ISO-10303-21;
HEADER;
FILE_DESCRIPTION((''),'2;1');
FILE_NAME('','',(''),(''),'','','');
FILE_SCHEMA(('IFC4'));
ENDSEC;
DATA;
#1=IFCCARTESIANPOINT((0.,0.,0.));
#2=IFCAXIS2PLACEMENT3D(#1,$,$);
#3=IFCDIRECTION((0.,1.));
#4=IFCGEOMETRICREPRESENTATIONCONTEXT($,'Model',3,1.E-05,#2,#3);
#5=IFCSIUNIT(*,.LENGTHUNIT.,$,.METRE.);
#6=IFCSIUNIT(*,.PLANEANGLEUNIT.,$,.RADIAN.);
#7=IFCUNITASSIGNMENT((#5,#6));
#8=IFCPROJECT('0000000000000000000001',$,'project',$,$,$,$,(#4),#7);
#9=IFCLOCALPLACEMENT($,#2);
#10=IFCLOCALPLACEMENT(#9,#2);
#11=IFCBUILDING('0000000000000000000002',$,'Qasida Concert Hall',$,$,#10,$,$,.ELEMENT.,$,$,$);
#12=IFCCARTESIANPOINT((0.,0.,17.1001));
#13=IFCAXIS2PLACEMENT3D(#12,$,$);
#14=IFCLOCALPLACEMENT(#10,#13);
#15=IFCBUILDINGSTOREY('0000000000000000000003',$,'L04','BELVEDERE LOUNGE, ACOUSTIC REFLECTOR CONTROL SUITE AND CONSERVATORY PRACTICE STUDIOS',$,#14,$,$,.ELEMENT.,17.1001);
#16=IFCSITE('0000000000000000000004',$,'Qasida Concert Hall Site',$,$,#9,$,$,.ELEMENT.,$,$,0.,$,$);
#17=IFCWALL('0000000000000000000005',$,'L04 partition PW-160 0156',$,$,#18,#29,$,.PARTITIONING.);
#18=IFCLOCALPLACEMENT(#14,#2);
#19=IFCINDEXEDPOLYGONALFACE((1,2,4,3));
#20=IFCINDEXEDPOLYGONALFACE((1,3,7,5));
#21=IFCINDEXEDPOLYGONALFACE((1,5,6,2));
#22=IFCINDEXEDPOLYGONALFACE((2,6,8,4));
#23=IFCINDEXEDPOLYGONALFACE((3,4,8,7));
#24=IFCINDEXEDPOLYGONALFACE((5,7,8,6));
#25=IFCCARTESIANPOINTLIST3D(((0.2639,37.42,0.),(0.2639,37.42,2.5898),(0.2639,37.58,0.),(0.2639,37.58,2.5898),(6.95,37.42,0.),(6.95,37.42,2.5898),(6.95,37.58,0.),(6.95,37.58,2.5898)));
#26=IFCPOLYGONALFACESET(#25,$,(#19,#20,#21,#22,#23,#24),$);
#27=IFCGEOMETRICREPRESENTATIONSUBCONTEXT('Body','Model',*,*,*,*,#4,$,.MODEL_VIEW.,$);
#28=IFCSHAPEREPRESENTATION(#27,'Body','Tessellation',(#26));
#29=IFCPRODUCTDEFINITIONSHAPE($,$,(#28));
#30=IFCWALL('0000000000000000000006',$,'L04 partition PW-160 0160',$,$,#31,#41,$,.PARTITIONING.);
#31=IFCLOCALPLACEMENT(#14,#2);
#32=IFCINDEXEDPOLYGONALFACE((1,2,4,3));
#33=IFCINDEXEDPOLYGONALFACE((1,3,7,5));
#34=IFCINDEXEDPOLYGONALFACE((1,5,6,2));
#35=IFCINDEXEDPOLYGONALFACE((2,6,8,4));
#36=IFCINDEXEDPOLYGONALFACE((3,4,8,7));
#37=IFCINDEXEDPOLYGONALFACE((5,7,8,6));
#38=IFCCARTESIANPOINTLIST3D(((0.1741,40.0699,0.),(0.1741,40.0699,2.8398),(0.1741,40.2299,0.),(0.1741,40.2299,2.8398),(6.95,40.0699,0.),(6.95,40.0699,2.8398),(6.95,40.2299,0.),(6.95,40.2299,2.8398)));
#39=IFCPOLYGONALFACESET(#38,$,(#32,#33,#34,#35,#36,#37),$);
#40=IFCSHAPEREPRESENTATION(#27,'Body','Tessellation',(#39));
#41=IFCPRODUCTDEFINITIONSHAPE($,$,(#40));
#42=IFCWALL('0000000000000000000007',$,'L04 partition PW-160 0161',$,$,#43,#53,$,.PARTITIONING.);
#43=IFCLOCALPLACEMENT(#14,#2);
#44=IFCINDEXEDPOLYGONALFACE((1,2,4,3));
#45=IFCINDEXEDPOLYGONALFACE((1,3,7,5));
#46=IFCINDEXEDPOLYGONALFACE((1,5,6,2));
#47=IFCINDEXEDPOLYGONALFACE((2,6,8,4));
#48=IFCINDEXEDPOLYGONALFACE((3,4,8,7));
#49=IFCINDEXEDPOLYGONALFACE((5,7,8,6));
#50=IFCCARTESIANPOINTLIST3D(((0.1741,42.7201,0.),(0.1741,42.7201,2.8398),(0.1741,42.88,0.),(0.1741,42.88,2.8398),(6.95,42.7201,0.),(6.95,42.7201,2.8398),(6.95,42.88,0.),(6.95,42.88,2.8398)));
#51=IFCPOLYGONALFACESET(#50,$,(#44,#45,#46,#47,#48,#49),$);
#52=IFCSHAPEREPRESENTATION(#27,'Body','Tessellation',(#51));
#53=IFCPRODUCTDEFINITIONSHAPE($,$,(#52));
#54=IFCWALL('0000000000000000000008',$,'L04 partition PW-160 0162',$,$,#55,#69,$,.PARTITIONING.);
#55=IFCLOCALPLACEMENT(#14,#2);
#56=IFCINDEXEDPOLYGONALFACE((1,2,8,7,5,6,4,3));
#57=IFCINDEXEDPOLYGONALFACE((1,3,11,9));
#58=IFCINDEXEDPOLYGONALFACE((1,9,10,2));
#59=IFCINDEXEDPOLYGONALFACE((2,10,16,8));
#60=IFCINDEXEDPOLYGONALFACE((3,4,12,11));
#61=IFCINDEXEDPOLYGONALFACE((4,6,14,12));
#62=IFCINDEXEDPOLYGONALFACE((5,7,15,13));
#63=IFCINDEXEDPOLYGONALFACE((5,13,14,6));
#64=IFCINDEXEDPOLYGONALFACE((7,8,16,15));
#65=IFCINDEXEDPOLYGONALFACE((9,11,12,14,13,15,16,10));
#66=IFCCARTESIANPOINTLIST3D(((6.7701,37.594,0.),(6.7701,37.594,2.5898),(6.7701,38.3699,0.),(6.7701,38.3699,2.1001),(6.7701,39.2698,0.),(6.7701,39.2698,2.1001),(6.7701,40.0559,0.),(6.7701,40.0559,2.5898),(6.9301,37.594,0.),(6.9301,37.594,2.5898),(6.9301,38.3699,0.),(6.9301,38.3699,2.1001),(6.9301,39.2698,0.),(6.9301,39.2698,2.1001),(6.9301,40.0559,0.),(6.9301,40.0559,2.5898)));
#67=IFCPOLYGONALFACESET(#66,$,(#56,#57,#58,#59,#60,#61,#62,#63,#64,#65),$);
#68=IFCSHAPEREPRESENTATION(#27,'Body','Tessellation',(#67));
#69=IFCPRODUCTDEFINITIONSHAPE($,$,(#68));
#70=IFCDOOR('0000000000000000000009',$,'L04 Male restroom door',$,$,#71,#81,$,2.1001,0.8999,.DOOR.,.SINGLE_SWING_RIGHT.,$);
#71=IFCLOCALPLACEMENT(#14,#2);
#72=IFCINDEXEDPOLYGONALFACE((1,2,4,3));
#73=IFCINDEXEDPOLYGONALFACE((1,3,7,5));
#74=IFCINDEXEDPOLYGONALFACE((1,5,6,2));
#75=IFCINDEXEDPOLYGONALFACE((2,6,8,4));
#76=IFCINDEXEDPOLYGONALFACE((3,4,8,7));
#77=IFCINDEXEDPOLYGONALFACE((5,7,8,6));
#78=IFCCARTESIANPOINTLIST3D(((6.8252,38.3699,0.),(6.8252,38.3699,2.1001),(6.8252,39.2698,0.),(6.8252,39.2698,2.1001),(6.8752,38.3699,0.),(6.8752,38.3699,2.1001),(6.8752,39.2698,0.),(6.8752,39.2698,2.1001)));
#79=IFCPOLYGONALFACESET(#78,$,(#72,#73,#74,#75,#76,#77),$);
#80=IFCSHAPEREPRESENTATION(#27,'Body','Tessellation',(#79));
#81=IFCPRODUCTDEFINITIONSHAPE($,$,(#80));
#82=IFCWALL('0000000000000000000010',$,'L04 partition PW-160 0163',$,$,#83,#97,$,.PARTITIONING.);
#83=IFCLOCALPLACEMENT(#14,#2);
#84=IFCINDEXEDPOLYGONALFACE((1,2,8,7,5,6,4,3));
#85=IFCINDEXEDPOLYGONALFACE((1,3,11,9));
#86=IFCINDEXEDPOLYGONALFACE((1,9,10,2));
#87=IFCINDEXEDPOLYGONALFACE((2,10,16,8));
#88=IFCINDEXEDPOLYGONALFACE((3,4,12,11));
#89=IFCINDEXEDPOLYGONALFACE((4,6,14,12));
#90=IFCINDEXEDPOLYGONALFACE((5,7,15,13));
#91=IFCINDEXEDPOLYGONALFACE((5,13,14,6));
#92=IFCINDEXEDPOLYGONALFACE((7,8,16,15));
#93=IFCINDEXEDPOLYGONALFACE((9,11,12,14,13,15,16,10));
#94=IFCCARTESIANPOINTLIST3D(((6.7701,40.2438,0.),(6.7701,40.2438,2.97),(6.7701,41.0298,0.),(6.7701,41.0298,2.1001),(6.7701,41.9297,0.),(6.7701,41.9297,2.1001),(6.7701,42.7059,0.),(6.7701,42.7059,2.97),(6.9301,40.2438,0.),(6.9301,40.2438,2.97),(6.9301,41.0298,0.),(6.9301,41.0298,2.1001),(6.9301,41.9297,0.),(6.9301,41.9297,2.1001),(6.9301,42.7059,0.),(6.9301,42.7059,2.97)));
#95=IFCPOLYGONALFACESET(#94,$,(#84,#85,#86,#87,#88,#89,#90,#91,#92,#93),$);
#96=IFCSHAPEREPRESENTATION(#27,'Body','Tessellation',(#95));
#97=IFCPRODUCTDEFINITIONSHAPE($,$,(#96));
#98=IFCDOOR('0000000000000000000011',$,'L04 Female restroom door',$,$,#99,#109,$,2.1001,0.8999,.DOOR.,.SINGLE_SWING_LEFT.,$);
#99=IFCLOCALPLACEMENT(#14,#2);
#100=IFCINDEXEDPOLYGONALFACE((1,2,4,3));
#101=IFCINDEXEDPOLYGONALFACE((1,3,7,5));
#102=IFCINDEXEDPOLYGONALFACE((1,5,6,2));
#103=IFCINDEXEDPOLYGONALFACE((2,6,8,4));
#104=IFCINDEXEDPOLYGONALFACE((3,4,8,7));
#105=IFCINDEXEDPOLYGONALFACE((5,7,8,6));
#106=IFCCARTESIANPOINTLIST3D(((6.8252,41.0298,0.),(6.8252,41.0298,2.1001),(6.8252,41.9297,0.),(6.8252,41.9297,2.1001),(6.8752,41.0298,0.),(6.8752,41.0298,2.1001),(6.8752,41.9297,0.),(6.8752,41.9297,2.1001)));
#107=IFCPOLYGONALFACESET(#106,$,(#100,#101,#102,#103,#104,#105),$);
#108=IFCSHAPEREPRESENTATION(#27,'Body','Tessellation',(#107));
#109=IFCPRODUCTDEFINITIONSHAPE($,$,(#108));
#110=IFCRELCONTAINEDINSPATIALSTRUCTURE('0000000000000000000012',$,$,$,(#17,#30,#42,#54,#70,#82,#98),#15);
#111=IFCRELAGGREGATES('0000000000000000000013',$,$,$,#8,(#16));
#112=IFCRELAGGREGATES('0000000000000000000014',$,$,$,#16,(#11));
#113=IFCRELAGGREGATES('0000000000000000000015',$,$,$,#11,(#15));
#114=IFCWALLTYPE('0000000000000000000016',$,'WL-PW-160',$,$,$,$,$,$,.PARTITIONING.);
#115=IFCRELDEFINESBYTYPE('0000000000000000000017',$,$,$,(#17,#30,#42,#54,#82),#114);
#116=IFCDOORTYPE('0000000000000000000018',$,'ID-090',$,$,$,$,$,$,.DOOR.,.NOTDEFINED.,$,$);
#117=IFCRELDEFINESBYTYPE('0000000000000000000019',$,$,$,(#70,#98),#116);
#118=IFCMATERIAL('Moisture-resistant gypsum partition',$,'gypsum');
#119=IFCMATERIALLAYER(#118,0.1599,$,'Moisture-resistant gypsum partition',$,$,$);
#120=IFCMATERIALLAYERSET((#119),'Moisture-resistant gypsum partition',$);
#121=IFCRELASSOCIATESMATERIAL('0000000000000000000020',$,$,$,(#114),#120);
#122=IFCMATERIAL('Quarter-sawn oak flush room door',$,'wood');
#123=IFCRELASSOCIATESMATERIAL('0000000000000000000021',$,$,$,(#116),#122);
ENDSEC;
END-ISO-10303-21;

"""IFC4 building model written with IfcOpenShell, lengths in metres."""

from ifc_helpers import new_model, si_unit, direction, frame, frame_2d, origin, place, context, subcontext, project, spatial, rectangle, extrude, material, layer, layer_set, type_object, element, fill, save


model = new_model("IFC4")

# Units and contexts
model_context = context("Model", 3, precision=1e-05, world=origin(), true_north=direction((0.0, 1.0)))
body_context = subcontext(model_context, "Body", "Model", "MODEL_VIEW")
ifc_project = project(units=[si_unit("LENGTHUNIT", "METRE"), si_unit("PLANEANGLEUNIT", "RADIAN")], contexts=[model_context])

# Site, building, storey
site_placement = place(None, origin())
site = spatial("IfcSite", under=ifc_project, at=site_placement, Name="Qasida Concert Hall Site", CompositionType="ELEMENT", RefElevation=0.0)
building_placement = place(site_placement, origin())
building = spatial("IfcBuilding", under=site, at=building_placement, Name="Qasida Concert Hall", CompositionType="ELEMENT")
storey_placement = place(building_placement, frame((0.0, 0.0, 17.1001)))
storey = spatial("IfcBuildingStorey", under=building, at=storey_placement, Name="L04", Description="BELVEDERE LOUNGE, ACOUSTIC REFLECTOR CONTROL SUITE AND CONSERVATORY PRACTICE STUDIOS", CompositionType="ELEMENT", Elevation=17.1001)

# Walls
ifc_material_1 = material(Name="Moisture-resistant gypsum partition", Category="gypsum")
ifc_layer_1 = layer(ifc_material_1, 0.1599, Name="Moisture-resistant gypsum partition")
ifc_layer_set_1 = layer_set([ifc_layer_1], Name="Moisture-resistant gypsum partition")
wall_type_1 = type_object("IfcWallType", Name="WL-PW-160", PredefinedType="PARTITIONING", material=ifc_layer_set_1)
wall_1_placement = place(storey_placement, frame((0.2639, 37.5, 0.0), z_axis=(0.0, 0.0, 1.0), x_axis=(1.0, 0.0, 0.0)))
element("IfcWall", 1, at=wall_1_placement, inside=storey, type_object=wall_type_1, Name="L04 partition PW-160 0156", PredefinedType="PARTITIONING", context=body_context, shape_type="SweptSolid", body=[
    extrude(rectangle(XDim=6.686, YDim=0.1599, at=frame_2d((3.343, 0.0))), origin(), (0.0, 0.0, 1.0), 2.5898),
])
for number, where, z_axis, x_axis, name in (
    (2, (0.1741, 40.1499, 0.0), (0.0, 0.0, 1.0), (1.0, 0.0, 0.0), "L04 partition PW-160 0160"),
    (3, (0.1741, 42.8, 0.0), (0.0, 0.0, 1.0), (1.0, 0.0, 0.0), "L04 partition PW-160 0161"),
):
    element("IfcWall", number, at=place(storey_placement, frame(where, z_axis=z_axis, x_axis=x_axis)), inside=storey, type_object=wall_type_1, Name=name, PredefinedType="PARTITIONING", context=body_context, shape_type="SweptSolid", body=[
        extrude(rectangle(XDim=6.7759, YDim=0.1599, at=frame_2d((3.3879, 0.0))), origin(), (0.0, 0.0, 1.0), 2.8398),
    ])

# Walls, openings, doors
wall_2_placement = place(storey_placement, frame((6.8501, 37.594, 0.0), z_axis=(0.0, 0.0, 1.0), x_axis=(0.0, 1.0, 0.0)))
wall_2 = element("IfcWall", 4, at=wall_2_placement, inside=storey, type_object=wall_type_1, Name="L04 partition PW-160 0162", PredefinedType="PARTITIONING", context=body_context, shape_type="SweptSolid", body=[
    extrude(rectangle(XDim=2.4619, YDim=0.1599, at=frame_2d((1.231, 0.0))), origin(), (0.0, 0.0, 1.0), 2.5898),
])
opening_1_placement = place(wall_2_placement, frame((0.7759, 0.0, 0.0)))
opening_1 = element("IfcOpeningElement", 5, at=opening_1_placement, cuts=wall_2, PredefinedType="OPENING", context=body_context, shape_type="SweptSolid", body=[
    extrude(rectangle(XDim=0.8999, YDim=2.1001, at=frame_2d((0.45, 1.05))), frame((0.0, 0.0898, 0.0), z_axis=(0.0, -1.0, 0.0), x_axis=(1.0, 0.0, 0.0)), (0.0, 0.0, 1.0), 0.1799),
])
ifc_material_2 = material(Name="Quarter-sawn oak flush room door", Category="wood")
door_type_1 = type_object("IfcDoorType", Name="ID-090", OperationType="NOTDEFINED", PredefinedType="DOOR", material=ifc_material_2)
door_1_placement = place(opening_1_placement, origin())
door_1 = element("IfcDoor", 6, at=door_1_placement, inside=storey, type_object=door_type_1, Name="L04 Male restroom door", OperationType="SINGLE_SWING_RIGHT", OverallHeight=2.1001, OverallWidth=0.8999, PredefinedType="DOOR", context=body_context, shape_type="SweptSolid", body=[
    extrude(rectangle(XDim=0.8999, YDim=2.1001, at=frame_2d((0.45, 1.05))), frame((0.0, 0.0249, 0.0), z_axis=(0.0, -1.0, 0.0), x_axis=(1.0, 0.0, 0.0)), (0.0, 0.0, 1.0), 0.05),
])
fill(opening_1, door_1)
wall_3_placement = place(storey_placement, frame((6.8501, 40.2439, 0.0), z_axis=(0.0, 0.0, 1.0), x_axis=(0.0, 1.0, 0.0)))
wall_3 = element("IfcWall", 7, at=wall_3_placement, inside=storey, type_object=wall_type_1, Name="L04 partition PW-160 0163", PredefinedType="PARTITIONING", context=body_context, shape_type="SweptSolid", body=[
    extrude(rectangle(XDim=2.4622, YDim=0.1599, at=frame_2d((1.231, 0.0))), origin(), (0.0, 0.0, 1.0), 2.97),
])
opening_2_placement = place(wall_3_placement, frame((0.7859, 0.0, 0.0)))
opening_2 = element("IfcOpeningElement", 8, at=opening_2_placement, cuts=wall_3, PredefinedType="OPENING", context=body_context, shape_type="SweptSolid", body=[
    extrude(rectangle(XDim=0.8999, YDim=2.1001, at=frame_2d((0.45, 1.05))), frame((0.0, 0.0898, 0.0), z_axis=(0.0, -1.0, 0.0), x_axis=(1.0, 0.0, 0.0)), (0.0, 0.0, 1.0), 0.1799),
])
door_2_placement = place(opening_2_placement, origin())
door_2 = element("IfcDoor", 9, at=door_2_placement, inside=storey, type_object=door_type_1, Name="L04 Female restroom door", OperationType="SINGLE_SWING_LEFT", OverallHeight=2.1001, OverallWidth=0.8999, PredefinedType="DOOR", context=body_context, shape_type="SweptSolid", body=[
    extrude(rectangle(XDim=0.8999, YDim=2.1001, at=frame_2d((0.45, 1.05))), frame((0.0, 0.0249, 0.0), z_axis=(0.0, -1.0, 0.0), x_axis=(1.0, 0.0, 0.0)), (0.0, 0.0, 1.0), 0.05),
])
fill(opening_2, door_2)

save(model, "model.ifc")
